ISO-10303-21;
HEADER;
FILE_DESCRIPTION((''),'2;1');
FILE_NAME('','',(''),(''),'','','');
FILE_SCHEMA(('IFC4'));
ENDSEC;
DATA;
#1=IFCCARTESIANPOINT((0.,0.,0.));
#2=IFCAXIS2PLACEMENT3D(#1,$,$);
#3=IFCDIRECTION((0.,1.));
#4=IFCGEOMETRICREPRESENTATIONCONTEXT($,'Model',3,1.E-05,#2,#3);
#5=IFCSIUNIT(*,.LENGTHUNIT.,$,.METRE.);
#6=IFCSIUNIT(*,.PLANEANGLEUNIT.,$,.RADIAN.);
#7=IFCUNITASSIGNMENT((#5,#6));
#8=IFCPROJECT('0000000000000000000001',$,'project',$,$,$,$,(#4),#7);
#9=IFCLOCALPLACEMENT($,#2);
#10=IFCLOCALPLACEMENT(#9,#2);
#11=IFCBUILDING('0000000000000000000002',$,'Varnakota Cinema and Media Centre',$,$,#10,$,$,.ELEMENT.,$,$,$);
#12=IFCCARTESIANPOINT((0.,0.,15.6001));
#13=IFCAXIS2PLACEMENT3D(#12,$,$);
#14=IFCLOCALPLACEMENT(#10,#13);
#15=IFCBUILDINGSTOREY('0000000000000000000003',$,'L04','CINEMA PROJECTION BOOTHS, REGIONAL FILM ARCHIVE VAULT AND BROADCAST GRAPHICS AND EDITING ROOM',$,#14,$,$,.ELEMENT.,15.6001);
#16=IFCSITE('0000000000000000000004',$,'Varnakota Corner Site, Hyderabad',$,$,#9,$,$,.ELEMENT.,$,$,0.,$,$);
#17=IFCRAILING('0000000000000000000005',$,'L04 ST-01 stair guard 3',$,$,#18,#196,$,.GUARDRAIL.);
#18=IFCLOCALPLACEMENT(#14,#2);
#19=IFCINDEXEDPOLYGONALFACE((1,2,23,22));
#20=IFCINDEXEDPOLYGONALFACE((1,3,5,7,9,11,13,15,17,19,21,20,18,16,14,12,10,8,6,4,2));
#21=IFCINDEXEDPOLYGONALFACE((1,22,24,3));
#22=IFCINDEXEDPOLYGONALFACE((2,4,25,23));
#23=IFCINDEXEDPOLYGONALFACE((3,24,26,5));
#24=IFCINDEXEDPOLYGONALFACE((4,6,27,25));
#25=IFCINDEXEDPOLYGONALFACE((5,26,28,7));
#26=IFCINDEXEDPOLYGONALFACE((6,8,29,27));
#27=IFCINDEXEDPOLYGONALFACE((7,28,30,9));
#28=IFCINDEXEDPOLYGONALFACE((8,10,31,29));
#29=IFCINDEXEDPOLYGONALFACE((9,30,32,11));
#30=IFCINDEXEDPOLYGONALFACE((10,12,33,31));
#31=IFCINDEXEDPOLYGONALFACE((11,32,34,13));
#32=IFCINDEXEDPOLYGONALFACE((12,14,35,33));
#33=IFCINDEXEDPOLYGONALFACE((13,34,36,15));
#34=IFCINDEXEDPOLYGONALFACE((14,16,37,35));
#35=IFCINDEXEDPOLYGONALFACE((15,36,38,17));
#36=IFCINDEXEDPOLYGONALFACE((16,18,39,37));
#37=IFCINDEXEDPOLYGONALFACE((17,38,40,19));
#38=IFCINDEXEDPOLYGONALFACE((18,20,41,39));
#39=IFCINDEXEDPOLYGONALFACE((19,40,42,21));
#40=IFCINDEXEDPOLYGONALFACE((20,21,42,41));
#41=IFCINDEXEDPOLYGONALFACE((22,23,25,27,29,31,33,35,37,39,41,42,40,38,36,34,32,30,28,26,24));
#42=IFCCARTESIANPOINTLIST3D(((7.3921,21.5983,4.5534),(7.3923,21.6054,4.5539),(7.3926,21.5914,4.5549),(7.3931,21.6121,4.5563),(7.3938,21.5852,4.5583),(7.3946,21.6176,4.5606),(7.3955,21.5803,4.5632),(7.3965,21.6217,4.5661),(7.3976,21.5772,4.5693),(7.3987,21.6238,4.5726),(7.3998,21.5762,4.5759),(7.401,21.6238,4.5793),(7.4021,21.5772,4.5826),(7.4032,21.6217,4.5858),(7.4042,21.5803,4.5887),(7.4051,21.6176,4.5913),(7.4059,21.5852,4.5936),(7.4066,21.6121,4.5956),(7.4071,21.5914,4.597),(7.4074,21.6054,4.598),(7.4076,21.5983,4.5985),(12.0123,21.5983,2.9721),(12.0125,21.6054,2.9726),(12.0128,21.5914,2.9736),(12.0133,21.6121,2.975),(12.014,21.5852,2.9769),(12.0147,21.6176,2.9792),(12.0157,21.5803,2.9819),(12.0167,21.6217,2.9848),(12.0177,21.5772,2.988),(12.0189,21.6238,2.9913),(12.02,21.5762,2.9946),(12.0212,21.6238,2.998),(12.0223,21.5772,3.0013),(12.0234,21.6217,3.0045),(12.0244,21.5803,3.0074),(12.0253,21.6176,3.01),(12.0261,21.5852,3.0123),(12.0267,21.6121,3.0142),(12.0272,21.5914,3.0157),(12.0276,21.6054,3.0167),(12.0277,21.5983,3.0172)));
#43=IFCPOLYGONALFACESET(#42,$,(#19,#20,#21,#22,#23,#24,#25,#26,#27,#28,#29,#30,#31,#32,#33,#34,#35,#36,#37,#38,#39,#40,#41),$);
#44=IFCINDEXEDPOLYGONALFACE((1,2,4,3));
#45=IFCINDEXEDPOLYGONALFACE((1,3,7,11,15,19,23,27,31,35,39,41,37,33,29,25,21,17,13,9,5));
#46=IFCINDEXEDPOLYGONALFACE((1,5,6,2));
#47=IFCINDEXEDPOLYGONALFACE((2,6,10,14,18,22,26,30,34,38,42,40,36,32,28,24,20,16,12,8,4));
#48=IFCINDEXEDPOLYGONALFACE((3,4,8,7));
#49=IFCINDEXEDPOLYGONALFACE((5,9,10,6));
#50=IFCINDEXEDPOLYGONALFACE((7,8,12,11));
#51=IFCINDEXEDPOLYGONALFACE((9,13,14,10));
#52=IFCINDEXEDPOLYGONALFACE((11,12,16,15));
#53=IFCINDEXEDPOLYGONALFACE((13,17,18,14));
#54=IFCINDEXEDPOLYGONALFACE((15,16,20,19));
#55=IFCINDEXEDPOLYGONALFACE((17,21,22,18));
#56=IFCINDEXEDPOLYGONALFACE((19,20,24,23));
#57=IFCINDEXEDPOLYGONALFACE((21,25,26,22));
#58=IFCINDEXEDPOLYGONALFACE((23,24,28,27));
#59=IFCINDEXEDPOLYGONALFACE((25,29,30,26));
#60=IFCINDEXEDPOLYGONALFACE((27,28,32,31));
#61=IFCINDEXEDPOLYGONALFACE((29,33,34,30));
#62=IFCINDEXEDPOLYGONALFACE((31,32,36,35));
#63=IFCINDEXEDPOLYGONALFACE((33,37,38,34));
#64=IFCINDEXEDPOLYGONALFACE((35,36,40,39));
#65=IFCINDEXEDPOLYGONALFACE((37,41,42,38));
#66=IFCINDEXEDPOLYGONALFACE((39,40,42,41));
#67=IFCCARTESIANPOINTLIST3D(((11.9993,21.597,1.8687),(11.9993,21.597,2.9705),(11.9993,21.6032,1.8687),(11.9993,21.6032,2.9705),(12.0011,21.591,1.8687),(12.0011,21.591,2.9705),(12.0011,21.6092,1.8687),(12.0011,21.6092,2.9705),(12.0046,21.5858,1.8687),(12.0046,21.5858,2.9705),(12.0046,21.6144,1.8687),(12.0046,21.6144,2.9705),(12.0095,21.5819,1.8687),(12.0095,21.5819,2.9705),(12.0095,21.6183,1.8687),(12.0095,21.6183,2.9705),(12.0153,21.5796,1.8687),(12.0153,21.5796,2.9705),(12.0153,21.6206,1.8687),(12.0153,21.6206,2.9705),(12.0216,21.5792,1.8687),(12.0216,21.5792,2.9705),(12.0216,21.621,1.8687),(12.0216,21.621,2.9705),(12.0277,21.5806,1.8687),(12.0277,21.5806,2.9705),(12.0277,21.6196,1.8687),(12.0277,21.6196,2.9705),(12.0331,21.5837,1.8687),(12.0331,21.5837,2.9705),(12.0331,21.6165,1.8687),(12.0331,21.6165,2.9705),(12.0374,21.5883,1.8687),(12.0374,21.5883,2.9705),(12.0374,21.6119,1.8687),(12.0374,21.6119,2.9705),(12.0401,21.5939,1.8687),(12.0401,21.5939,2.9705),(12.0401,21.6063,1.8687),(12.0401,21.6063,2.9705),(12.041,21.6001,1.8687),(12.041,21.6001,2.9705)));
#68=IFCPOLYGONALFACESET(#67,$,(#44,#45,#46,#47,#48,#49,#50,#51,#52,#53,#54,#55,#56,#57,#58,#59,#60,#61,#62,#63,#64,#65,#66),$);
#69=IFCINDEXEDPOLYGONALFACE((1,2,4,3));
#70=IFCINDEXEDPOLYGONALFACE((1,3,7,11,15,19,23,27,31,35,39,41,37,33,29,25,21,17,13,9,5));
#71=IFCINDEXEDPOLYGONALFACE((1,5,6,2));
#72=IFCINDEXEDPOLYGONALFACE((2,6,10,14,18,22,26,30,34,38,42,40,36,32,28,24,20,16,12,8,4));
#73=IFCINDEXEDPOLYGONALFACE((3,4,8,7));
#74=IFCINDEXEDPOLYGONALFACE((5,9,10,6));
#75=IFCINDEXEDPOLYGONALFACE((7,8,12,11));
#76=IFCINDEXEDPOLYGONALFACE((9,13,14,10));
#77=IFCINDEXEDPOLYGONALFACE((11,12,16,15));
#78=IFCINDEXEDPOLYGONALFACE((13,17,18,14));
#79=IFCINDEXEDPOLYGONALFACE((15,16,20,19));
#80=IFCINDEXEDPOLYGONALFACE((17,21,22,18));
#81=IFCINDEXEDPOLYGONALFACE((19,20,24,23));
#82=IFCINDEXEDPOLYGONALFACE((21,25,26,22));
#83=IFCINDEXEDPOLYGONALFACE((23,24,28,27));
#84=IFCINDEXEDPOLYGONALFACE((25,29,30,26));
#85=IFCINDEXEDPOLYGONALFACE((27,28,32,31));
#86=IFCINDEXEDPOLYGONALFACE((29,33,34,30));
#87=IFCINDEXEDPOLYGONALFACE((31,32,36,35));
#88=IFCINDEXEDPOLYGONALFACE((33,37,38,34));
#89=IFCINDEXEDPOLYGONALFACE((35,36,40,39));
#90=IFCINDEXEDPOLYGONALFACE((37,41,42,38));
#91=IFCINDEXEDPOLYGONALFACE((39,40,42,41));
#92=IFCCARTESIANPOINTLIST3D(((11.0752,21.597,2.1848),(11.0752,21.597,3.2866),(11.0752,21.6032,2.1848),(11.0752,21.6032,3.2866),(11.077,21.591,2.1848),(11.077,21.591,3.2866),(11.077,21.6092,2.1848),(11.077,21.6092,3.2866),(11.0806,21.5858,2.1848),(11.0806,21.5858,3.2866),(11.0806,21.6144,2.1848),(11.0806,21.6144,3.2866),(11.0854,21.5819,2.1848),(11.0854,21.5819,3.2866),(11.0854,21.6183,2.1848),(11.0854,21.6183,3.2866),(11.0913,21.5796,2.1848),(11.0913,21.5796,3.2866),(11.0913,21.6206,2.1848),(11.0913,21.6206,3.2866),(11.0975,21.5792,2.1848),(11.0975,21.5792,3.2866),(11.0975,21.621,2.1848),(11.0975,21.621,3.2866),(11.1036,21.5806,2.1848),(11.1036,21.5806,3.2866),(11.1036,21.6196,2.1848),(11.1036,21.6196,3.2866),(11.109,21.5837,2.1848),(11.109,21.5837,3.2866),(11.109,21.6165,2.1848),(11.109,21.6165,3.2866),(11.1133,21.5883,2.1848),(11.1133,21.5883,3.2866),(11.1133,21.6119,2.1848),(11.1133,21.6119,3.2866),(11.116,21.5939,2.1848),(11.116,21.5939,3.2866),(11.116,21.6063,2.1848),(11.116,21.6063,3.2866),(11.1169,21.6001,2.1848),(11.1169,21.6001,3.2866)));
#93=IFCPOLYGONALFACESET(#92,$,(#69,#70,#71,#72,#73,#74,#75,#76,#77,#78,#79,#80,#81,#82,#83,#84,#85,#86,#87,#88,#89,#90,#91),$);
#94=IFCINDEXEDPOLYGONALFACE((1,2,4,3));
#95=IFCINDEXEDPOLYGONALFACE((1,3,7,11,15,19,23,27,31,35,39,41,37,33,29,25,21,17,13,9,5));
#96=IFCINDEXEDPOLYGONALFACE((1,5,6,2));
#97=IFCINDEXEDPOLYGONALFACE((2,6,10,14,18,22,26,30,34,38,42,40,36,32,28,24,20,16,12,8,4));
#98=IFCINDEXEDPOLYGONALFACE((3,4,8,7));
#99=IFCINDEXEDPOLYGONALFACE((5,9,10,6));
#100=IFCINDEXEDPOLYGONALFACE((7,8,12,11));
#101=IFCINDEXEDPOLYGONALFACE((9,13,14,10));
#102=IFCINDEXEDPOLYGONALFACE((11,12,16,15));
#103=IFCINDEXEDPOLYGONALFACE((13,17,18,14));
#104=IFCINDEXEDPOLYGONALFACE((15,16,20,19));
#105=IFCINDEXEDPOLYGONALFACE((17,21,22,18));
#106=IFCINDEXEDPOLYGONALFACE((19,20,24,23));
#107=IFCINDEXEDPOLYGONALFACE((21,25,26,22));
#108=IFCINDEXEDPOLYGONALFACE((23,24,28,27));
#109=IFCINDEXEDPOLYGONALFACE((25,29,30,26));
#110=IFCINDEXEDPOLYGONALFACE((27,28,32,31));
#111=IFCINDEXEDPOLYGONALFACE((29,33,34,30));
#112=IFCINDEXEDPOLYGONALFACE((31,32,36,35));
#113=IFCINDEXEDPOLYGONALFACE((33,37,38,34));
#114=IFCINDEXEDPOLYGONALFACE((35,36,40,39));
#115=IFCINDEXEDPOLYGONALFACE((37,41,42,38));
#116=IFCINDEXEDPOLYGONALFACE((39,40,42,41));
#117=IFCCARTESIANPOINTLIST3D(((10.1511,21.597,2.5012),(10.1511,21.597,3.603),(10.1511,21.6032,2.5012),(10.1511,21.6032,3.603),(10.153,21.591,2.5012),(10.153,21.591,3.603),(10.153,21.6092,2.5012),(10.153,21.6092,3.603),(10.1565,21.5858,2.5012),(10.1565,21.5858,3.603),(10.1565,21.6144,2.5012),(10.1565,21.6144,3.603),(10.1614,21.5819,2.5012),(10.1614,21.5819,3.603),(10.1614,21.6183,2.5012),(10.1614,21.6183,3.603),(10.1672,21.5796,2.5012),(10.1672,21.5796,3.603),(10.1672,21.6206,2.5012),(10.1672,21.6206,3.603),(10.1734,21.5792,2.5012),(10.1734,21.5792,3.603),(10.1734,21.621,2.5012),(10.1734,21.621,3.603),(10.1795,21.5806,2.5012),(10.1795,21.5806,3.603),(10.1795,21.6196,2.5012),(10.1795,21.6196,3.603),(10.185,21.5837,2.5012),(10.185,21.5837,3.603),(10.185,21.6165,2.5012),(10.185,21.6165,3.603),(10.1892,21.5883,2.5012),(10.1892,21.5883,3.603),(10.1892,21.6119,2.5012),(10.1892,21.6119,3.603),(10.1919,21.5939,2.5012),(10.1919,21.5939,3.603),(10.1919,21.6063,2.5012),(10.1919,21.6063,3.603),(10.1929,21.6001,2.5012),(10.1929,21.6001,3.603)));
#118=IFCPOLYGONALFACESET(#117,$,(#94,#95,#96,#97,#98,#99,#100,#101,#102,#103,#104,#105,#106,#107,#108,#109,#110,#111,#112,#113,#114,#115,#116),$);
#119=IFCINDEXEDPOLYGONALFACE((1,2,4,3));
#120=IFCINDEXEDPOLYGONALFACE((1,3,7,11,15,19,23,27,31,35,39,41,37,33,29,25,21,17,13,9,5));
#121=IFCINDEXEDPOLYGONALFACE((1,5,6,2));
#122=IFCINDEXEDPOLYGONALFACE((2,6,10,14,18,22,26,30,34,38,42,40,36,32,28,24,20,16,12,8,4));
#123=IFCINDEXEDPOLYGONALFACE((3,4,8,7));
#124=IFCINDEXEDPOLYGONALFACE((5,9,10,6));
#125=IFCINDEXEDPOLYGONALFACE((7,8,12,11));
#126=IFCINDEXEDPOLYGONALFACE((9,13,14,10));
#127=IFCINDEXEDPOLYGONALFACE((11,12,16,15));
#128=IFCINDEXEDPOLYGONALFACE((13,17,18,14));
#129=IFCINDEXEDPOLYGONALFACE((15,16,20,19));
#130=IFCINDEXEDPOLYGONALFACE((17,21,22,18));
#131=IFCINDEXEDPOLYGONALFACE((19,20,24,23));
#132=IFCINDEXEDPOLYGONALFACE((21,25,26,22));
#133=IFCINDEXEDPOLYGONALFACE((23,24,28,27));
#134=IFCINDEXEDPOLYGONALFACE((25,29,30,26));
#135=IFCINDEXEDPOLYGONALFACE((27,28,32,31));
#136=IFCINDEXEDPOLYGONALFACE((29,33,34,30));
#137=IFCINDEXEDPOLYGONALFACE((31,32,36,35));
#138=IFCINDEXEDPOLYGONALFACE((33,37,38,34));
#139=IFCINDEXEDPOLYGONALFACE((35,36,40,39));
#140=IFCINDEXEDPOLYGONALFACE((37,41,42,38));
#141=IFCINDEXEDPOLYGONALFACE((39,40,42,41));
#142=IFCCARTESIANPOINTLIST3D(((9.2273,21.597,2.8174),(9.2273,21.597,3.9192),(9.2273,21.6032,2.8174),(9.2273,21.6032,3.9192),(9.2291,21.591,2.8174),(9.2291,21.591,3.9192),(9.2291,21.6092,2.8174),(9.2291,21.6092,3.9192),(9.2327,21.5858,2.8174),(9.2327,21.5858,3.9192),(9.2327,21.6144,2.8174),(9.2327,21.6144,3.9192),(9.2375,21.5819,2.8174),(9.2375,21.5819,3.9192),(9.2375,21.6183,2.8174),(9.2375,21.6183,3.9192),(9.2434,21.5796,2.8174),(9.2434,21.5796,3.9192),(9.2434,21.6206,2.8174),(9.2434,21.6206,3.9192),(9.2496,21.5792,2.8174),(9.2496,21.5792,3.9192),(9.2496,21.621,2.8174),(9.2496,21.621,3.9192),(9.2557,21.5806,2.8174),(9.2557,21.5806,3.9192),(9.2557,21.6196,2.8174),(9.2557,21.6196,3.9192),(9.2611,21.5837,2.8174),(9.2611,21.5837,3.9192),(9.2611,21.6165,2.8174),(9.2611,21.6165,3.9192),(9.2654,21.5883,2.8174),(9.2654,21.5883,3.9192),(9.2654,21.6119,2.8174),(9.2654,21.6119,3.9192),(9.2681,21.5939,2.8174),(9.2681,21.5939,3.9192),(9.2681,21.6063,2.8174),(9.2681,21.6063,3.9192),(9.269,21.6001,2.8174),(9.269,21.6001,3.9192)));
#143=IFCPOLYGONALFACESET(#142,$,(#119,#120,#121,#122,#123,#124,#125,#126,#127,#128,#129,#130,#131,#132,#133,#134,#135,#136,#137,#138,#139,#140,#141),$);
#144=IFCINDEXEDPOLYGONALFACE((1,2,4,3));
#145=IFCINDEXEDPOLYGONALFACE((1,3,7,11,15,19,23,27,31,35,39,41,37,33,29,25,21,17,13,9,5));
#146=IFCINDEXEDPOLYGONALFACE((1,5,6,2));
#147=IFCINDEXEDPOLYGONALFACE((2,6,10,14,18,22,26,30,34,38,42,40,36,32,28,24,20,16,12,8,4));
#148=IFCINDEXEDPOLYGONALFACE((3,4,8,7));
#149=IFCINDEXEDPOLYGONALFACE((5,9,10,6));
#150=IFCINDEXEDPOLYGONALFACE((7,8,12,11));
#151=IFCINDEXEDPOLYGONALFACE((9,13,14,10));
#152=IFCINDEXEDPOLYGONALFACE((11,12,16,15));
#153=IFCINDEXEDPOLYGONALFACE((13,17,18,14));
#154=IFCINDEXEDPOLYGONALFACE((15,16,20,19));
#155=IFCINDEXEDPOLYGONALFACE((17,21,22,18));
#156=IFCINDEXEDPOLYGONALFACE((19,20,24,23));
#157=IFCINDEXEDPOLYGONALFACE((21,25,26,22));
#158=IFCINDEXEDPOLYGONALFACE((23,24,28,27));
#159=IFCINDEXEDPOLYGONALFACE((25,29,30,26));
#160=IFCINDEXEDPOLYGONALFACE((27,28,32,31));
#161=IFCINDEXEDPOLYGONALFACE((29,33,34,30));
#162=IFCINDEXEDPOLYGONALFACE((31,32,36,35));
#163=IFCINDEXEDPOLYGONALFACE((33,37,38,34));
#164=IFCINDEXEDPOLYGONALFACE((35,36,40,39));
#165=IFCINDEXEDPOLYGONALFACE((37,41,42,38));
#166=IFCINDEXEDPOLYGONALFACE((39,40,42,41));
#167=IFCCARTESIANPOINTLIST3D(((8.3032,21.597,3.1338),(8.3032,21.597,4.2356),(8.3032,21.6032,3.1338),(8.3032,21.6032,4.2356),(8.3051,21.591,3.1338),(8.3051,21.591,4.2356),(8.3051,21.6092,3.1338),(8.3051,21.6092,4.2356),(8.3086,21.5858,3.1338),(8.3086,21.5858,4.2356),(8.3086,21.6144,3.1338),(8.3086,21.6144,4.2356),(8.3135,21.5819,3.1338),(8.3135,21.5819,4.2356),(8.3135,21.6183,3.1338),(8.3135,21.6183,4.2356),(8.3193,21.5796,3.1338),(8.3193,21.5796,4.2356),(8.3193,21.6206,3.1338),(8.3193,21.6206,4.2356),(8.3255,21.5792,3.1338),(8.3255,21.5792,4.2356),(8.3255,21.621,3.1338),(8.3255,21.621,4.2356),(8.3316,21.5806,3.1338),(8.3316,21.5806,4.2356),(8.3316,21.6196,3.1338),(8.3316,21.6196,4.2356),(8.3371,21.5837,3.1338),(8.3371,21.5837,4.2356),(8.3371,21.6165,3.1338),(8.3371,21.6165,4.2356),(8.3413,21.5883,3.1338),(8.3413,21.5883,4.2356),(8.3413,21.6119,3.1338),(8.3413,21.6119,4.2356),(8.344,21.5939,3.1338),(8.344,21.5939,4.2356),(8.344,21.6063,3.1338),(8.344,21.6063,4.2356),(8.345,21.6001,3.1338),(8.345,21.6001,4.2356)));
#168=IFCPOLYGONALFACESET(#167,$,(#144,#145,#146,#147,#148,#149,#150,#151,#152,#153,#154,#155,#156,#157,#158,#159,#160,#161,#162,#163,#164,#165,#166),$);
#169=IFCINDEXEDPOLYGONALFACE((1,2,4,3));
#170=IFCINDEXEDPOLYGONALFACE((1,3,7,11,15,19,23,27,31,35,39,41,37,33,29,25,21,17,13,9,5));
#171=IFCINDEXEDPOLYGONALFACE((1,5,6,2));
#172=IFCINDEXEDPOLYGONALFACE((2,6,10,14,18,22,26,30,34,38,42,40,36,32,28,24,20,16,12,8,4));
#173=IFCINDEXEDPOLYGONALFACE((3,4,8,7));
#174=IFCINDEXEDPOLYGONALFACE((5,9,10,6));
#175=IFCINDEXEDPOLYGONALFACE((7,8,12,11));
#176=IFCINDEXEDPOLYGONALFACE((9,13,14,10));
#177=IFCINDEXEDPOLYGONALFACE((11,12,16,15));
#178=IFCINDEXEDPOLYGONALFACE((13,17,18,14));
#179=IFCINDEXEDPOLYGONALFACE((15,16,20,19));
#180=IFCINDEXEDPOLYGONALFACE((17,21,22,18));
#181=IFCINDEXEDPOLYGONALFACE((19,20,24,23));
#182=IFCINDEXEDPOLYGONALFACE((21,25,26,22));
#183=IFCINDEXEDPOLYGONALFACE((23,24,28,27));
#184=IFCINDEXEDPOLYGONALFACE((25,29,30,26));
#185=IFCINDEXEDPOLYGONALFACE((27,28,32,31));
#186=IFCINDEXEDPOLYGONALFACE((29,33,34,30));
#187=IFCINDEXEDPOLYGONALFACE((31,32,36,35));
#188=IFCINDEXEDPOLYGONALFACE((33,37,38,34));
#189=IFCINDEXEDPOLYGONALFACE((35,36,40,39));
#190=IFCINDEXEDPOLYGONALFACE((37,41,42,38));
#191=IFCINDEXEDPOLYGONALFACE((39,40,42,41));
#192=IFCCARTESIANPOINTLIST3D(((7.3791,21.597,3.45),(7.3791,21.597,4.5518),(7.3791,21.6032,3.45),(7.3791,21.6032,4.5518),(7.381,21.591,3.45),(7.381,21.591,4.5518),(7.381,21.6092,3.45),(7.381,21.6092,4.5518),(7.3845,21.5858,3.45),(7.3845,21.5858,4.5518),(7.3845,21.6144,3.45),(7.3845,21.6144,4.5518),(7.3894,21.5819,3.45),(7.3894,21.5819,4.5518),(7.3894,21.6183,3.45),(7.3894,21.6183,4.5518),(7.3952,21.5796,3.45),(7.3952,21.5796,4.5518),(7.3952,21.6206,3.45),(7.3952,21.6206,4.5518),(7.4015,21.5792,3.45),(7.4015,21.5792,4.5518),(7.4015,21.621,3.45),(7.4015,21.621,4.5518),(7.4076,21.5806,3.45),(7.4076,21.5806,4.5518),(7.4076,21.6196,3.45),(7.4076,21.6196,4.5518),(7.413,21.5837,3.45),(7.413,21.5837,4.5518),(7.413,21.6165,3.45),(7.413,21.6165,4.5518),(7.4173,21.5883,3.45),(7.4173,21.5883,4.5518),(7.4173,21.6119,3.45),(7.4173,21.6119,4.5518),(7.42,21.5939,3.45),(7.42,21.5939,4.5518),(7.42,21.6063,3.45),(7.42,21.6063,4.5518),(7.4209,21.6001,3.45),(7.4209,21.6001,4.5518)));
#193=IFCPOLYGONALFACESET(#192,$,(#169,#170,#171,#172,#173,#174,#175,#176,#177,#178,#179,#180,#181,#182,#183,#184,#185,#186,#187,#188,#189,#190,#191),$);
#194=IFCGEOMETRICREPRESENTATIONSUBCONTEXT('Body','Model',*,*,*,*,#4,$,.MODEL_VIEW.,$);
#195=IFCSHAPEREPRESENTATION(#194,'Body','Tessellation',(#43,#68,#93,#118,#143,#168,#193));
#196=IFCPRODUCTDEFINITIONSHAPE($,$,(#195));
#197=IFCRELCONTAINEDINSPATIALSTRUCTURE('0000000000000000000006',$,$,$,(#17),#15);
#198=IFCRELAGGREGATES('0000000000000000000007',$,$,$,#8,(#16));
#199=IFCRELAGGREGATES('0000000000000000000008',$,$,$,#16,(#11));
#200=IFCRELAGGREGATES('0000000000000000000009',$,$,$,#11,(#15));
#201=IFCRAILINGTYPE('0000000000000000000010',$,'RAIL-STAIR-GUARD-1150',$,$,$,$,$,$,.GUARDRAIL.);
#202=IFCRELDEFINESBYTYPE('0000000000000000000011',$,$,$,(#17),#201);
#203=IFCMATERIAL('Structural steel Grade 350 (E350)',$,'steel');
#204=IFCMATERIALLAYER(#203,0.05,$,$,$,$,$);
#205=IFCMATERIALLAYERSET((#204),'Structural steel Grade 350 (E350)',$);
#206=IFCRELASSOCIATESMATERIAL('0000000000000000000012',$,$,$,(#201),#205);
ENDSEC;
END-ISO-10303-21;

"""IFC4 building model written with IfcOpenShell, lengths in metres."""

from ifc_helpers import new_model, si_unit, direction, frame, origin, origin_2d, place, context, subcontext, project, spatial, circle, extrude, material, layer, layer_set, type_object, element, save


model = new_model("IFC4")

# Units and contexts
model_context = context("Model", 3, precision=1e-05, world=origin(), true_north=direction((0.0, 1.0)))
body_context = subcontext(model_context, "Body", "Model", "MODEL_VIEW")
ifc_project = project(units=[si_unit("LENGTHUNIT", "METRE"), si_unit("PLANEANGLEUNIT", "RADIAN")], contexts=[model_context])

# Site, building, storey
site_placement = place(None, origin())
site = spatial("IfcSite", under=ifc_project, at=site_placement, Name="Varnakota Corner Site, Hyderabad", CompositionType="ELEMENT", RefElevation=0.0)
building_placement = place(site_placement, origin())
building = spatial("IfcBuilding", under=site, at=building_placement, Name="Varnakota Cinema and Media Centre", CompositionType="ELEMENT")
storey_placement = place(building_placement, frame((0.0, 0.0, 15.6001)))
storey = spatial("IfcBuildingStorey", under=building, at=storey_placement, Name="L04", Description="CINEMA PROJECTION BOOTHS, REGIONAL FILM ARCHIVE VAULT AND BROADCAST GRAPHICS AND EDITING ROOM", CompositionType="ELEMENT", Elevation=15.6001)

# Railing
ifc_material_1 = material(Name="Structural steel Grade 350 (E350)", Category="steel")
ifc_layer_1 = layer(ifc_material_1, 0.05)
ifc_layer_set_1 = layer_set([ifc_layer_1], Name="Structural steel Grade 350 (E350)")
railing_type_1 = type_object("IfcRailingType", Name="RAIL-STAIR-GUARD-1150", PredefinedType="GUARDRAIL", material=ifc_layer_set_1)
railing_1_placement = place(storey_placement, frame((12.02, 21.6001, 1.8687)))
element("IfcRailing", 1, at=railing_1_placement, inside=storey, type_object=railing_type_1, Name="L04 ST-01 stair guard 3", PredefinedType="GUARDRAIL", context=body_context, shape_type="SweptSolid", body=[
    extrude(circle(Radius=0.0239, at=origin_2d()), frame((0.0, 0.0, 1.126), z_axis=(-0.946118, 0.0, 0.323822), x_axis=(0.0, -1.0, 0.0)), (0.0, 0.0, 1.0), 4.8833),
    extrude(circle(Radius=0.021, at=origin_2d()), origin(), (0.0, 0.0, 1.0), 1.1018),
    extrude(circle(Radius=0.021, at=origin_2d()), frame((-0.9241, 0.0, 0.3162)), (0.0, 0.0, 1.0), 1.1018),
    extrude(circle(Radius=0.021, at=origin_2d()), frame((-1.8481, 0.0, 0.6326)), (0.0, 0.0, 1.0), 1.1018),
    extrude(circle(Radius=0.021, at=origin_2d()), frame((-2.772, 0.0, 0.9487)), (0.0, 0.0, 1.0), 1.1018),
    extrude(circle(Radius=0.021, at=origin_2d()), frame((-3.696, 0.0, 1.2651)), (0.0, 0.0, 1.0), 1.1018),
    extrude(circle(Radius=0.021, at=origin_2d()), frame((-4.6201, 0.0, 1.5813)), (0.0, 0.0, 1.0), 1.1018),
])

save(model, "model.ifc")
